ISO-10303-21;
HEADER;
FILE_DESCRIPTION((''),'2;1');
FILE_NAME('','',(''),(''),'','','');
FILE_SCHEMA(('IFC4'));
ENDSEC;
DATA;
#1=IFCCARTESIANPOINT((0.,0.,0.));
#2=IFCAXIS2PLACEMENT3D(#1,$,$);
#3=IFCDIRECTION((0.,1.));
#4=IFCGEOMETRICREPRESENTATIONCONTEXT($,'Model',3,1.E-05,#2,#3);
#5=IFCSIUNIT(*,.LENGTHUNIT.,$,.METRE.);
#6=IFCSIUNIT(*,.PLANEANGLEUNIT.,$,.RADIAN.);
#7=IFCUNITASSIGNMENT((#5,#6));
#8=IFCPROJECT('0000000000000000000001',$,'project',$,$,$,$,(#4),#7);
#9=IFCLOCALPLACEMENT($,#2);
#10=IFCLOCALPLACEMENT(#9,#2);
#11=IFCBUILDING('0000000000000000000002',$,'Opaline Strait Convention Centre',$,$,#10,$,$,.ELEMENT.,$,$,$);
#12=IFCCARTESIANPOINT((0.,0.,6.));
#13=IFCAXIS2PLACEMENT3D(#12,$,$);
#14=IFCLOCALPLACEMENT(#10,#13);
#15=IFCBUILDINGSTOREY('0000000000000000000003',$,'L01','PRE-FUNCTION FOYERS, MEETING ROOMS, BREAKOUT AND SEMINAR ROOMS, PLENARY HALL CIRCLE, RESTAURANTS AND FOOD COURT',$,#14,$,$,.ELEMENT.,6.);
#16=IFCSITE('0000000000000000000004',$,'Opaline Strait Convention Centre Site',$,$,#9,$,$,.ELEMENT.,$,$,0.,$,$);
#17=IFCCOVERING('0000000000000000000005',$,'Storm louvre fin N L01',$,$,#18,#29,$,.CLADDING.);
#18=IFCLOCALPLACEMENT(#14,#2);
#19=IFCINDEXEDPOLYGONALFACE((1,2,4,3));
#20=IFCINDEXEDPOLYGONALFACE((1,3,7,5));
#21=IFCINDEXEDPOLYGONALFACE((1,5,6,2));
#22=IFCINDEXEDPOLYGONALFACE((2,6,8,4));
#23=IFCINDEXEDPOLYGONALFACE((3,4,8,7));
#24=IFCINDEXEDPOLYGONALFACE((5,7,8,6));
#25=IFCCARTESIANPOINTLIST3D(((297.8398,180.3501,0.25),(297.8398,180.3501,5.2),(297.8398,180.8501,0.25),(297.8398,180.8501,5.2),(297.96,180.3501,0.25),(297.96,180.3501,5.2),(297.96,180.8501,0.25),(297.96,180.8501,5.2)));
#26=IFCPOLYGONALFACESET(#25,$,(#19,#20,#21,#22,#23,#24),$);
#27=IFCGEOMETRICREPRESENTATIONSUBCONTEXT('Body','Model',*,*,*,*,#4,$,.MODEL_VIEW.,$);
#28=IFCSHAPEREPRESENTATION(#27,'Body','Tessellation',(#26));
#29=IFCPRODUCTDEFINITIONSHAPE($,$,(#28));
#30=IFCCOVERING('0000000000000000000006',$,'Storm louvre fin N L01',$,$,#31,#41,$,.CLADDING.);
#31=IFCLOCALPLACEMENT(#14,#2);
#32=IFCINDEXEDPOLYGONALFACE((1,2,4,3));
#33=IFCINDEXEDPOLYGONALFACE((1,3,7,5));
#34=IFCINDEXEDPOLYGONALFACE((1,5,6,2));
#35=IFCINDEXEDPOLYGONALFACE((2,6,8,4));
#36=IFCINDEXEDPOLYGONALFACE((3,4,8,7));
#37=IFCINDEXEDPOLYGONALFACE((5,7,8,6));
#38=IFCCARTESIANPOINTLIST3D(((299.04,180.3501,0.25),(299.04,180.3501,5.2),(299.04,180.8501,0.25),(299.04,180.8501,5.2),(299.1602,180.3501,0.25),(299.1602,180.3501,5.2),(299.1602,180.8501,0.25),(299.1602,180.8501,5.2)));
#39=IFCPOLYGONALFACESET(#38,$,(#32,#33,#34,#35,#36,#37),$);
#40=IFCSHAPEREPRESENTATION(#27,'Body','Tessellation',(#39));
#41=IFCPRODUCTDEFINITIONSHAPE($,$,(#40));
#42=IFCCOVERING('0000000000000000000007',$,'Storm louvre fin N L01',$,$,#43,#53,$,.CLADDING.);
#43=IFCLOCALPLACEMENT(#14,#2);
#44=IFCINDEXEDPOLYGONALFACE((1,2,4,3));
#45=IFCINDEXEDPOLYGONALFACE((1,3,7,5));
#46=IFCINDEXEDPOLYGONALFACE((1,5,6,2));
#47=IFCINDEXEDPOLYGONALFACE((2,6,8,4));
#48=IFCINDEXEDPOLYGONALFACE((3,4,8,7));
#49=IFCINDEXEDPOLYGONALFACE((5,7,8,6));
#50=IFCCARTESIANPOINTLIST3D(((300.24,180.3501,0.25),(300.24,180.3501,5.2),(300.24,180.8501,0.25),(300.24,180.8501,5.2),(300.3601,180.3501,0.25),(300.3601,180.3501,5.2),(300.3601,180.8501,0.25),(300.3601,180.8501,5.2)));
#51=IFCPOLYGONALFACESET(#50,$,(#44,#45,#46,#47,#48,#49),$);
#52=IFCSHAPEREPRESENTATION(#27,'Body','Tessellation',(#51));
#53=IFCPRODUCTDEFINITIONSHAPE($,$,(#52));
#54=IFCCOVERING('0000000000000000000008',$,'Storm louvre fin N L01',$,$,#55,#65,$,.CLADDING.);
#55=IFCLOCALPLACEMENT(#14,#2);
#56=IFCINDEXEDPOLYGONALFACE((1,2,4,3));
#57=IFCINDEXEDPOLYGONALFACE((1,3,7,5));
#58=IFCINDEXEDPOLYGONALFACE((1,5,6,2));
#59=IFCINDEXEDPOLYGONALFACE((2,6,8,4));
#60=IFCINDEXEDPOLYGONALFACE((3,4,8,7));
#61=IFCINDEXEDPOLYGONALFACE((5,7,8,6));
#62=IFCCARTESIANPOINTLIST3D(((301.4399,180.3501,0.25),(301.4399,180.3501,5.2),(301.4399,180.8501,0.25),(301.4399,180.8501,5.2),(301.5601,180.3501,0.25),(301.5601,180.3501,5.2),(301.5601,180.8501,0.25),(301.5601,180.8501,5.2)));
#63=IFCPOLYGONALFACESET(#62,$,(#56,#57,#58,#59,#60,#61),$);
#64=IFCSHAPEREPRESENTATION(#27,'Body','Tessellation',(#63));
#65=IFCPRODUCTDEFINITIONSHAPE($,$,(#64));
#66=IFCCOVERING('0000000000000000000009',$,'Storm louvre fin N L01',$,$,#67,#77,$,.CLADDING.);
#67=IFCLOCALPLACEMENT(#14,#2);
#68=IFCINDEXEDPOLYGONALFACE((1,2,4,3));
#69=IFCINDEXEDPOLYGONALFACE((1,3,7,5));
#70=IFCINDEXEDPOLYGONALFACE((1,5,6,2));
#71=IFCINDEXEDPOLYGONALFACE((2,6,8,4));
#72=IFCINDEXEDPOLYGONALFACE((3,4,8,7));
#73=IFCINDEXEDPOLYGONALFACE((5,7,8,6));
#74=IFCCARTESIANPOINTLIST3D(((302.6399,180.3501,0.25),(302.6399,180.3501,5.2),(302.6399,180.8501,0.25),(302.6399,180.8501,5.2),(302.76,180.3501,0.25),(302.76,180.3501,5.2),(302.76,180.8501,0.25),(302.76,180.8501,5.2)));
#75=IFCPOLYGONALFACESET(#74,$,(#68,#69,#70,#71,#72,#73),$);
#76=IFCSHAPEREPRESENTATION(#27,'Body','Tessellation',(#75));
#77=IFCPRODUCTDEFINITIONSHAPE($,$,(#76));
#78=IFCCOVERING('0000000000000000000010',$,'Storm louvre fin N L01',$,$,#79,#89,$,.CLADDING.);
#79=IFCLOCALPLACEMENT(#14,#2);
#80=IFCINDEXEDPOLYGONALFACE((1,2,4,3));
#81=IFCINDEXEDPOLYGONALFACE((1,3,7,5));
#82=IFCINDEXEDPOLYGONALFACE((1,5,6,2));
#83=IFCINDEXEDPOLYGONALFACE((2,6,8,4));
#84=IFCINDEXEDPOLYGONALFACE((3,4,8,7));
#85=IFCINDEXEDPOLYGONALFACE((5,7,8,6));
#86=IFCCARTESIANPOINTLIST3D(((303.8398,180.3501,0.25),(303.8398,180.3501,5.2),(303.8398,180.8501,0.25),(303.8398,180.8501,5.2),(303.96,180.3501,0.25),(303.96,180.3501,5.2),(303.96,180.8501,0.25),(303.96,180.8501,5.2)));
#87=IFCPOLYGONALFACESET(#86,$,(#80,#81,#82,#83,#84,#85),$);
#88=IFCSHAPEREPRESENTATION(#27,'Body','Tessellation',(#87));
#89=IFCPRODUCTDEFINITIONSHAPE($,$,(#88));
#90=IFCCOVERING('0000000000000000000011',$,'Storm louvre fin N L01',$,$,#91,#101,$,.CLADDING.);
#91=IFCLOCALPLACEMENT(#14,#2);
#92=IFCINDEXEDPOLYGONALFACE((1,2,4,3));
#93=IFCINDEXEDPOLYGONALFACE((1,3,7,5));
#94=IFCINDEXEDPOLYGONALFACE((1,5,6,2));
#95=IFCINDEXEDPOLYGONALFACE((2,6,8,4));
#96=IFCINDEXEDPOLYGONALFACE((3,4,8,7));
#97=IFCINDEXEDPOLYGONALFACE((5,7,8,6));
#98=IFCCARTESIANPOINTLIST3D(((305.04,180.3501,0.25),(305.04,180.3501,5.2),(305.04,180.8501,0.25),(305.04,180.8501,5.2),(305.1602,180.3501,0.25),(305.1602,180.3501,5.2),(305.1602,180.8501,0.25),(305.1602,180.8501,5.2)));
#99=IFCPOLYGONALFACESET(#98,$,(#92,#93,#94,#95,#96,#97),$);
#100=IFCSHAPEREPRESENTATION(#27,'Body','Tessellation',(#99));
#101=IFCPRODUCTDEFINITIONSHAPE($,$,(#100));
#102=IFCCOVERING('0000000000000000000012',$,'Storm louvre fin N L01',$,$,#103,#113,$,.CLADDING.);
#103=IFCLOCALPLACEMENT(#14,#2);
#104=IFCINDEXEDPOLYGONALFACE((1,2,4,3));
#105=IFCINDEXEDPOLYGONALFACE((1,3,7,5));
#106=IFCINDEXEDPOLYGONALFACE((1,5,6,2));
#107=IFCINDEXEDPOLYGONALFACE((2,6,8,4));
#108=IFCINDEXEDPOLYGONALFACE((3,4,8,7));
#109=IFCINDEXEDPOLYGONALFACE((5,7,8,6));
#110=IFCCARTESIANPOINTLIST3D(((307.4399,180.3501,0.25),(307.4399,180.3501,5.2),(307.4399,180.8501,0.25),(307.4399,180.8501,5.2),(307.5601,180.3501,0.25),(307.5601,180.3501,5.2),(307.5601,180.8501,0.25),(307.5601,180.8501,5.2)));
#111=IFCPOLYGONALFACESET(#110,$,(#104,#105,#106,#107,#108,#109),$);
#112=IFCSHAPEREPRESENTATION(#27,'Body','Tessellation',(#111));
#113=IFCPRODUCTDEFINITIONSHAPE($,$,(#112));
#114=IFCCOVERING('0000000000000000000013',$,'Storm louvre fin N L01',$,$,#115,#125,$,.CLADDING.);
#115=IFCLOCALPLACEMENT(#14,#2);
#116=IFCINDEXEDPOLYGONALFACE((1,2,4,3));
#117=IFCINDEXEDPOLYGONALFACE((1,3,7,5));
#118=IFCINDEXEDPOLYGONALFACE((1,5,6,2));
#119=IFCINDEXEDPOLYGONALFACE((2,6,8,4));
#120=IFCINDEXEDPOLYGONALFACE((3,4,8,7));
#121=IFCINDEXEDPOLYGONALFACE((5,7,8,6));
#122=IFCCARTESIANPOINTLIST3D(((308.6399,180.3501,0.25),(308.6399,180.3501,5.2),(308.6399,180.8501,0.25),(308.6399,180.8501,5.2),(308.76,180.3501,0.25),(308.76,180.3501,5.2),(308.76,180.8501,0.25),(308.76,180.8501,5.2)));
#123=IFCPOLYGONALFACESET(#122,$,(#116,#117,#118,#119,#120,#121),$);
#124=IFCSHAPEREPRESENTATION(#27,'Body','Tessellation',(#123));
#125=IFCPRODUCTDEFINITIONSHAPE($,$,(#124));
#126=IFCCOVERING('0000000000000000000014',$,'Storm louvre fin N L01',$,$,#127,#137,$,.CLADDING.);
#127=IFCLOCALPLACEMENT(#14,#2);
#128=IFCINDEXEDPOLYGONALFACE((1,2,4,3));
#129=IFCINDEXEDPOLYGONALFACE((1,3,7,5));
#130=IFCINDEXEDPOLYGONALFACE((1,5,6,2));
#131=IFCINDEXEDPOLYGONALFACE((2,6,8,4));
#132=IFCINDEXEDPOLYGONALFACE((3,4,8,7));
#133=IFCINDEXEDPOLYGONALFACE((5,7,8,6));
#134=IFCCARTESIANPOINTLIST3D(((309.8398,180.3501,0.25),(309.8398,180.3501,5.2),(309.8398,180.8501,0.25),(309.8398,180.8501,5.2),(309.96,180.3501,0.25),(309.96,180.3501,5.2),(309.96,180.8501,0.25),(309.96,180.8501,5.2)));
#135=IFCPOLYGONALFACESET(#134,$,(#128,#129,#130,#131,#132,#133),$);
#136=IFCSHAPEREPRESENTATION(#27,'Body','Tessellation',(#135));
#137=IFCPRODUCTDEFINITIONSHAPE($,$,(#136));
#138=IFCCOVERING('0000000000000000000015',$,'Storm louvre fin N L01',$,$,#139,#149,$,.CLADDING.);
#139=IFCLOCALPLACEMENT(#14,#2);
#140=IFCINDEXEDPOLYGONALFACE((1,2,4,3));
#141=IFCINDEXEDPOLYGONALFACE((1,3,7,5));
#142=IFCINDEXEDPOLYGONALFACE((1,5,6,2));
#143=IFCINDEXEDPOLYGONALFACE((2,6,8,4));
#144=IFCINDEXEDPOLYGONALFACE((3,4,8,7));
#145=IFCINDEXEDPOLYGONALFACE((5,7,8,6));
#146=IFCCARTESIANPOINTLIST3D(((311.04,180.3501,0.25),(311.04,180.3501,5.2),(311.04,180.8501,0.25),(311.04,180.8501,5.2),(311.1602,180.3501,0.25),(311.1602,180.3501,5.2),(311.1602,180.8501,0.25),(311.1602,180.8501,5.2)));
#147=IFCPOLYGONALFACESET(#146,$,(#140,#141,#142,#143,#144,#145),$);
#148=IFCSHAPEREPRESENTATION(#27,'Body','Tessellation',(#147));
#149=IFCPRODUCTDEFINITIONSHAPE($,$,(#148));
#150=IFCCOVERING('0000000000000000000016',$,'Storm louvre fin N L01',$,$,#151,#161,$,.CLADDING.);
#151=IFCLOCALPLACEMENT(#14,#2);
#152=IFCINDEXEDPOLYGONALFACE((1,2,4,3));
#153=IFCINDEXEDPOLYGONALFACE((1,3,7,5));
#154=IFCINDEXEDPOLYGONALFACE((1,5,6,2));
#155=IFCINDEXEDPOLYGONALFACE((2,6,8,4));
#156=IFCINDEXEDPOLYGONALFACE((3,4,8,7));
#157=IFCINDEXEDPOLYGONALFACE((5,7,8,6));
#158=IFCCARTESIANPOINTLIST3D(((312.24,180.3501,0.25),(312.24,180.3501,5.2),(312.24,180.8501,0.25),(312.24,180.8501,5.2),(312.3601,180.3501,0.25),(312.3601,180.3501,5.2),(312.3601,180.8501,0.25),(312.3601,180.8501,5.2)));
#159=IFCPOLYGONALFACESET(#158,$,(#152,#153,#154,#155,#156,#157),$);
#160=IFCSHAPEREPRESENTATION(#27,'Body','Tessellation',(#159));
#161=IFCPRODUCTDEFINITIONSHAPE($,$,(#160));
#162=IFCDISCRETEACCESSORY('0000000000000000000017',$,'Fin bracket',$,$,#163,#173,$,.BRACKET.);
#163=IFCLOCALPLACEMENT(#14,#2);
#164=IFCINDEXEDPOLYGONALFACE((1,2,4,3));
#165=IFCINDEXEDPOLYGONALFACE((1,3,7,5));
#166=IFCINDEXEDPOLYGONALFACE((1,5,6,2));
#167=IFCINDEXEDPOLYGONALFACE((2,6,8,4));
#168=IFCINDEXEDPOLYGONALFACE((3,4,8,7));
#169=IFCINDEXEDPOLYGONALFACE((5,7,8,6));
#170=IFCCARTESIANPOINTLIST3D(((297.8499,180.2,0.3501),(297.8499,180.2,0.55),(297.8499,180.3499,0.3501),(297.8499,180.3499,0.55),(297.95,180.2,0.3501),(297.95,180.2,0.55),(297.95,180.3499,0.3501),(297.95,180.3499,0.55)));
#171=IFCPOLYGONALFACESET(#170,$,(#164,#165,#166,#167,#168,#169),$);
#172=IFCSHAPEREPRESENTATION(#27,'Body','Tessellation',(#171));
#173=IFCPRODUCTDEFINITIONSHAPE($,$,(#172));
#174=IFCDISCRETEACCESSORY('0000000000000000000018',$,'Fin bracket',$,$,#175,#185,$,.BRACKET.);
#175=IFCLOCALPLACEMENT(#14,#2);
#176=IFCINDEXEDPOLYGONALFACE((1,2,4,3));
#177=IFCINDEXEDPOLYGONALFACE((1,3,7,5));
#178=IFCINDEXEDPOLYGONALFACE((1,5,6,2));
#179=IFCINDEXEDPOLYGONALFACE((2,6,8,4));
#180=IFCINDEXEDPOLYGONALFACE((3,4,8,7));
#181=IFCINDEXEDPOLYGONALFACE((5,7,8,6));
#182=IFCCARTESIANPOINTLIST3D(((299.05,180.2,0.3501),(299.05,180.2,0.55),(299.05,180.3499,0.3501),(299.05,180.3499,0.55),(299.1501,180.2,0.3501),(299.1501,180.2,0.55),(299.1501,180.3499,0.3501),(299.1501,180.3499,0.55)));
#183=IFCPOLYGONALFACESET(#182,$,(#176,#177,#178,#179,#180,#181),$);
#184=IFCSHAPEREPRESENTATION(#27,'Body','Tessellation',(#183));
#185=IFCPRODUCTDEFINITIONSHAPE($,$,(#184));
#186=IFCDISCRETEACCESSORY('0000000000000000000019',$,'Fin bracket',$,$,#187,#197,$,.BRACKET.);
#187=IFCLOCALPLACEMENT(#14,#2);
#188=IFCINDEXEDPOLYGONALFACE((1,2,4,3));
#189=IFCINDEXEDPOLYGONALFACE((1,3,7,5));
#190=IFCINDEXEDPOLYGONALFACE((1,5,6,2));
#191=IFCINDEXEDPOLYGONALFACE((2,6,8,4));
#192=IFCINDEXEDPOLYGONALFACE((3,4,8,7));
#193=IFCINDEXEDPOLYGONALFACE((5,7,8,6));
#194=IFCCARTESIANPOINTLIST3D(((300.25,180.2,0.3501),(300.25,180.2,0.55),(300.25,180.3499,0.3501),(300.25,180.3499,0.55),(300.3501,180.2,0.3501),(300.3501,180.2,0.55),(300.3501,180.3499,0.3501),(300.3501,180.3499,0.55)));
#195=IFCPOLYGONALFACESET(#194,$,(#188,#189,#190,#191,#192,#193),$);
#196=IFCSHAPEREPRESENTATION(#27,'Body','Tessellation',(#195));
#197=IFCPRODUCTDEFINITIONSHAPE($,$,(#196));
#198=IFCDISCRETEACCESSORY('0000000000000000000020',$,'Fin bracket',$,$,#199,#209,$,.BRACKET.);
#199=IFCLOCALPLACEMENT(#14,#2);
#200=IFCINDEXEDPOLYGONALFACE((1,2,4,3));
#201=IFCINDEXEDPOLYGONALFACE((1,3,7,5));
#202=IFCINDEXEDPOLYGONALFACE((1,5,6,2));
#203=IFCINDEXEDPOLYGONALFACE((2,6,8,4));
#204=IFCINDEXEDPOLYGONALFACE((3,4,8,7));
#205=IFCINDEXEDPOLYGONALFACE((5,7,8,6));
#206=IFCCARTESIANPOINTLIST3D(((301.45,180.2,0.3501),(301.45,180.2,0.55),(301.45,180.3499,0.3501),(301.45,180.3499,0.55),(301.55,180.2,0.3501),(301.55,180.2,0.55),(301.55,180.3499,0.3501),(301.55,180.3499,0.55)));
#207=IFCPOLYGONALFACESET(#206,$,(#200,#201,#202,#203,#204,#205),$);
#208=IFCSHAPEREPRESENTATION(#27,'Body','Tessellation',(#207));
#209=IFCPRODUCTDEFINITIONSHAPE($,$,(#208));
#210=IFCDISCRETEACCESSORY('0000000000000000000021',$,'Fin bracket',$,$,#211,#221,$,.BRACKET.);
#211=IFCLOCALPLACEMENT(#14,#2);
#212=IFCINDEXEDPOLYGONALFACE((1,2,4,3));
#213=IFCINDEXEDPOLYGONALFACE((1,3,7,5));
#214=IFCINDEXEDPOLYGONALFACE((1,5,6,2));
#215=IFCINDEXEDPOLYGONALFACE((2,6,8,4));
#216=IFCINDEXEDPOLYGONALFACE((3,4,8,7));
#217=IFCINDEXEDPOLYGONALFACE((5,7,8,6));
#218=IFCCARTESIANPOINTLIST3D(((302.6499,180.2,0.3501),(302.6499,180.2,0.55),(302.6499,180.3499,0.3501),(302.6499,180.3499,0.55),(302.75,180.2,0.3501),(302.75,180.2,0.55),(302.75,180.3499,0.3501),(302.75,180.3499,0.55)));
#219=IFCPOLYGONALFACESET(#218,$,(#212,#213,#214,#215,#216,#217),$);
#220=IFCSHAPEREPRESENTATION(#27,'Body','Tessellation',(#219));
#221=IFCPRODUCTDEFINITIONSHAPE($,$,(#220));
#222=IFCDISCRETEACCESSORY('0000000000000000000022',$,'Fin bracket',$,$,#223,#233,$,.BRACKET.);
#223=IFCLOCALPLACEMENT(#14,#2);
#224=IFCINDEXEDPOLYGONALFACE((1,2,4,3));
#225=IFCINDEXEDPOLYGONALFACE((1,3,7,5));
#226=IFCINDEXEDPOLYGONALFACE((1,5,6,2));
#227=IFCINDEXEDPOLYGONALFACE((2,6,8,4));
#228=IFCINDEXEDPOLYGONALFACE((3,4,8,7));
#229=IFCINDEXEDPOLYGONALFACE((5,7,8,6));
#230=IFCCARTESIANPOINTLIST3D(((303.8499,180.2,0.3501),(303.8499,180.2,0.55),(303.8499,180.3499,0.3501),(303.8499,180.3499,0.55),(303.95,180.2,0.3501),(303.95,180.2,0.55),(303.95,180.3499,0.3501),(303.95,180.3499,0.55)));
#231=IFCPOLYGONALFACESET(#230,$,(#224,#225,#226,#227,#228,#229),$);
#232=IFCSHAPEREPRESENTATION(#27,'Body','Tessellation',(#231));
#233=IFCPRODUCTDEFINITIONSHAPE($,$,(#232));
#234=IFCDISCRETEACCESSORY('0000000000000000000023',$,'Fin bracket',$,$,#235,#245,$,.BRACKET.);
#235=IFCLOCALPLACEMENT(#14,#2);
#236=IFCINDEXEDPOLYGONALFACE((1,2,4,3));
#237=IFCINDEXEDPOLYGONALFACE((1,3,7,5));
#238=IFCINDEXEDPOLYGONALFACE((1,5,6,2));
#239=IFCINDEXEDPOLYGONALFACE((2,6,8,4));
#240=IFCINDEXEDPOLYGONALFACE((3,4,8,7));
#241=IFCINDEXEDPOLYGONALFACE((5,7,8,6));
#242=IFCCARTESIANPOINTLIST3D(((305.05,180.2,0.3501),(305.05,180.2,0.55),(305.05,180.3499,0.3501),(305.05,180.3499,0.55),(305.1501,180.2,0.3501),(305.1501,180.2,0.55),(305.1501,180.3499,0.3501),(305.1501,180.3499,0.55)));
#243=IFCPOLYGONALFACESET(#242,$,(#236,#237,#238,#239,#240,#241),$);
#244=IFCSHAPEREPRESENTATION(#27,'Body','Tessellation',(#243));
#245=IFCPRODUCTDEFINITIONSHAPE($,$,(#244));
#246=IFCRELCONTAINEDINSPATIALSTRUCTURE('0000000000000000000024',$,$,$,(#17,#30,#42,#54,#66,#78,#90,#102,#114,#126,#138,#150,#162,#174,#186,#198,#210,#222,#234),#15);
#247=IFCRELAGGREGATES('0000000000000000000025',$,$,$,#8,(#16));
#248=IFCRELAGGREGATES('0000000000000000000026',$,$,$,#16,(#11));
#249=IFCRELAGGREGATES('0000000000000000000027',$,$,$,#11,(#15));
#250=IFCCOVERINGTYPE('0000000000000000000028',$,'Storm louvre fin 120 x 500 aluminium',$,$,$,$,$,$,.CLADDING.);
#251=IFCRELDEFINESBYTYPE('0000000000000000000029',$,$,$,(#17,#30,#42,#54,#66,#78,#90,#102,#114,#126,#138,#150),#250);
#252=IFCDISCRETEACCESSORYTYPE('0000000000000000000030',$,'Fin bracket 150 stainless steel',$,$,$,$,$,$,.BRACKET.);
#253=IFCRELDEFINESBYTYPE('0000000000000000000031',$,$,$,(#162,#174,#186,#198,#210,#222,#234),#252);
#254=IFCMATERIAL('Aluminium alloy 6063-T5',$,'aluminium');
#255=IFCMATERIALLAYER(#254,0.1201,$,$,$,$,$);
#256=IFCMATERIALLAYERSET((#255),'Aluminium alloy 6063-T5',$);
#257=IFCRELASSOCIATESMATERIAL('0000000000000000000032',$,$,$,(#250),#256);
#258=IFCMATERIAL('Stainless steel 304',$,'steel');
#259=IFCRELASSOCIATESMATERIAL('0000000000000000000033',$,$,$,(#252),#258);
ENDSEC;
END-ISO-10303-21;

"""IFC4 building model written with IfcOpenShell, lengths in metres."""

from ifc_helpers import new_model, si_unit, direction, frame, origin, origin_2d, place, context, subcontext, project, spatial, rectangle, extrude, material, layer, layer_set, type_object, element, save


model = new_model("IFC4")

# Units and contexts
model_context = context("Model", 3, precision=1e-05, world=origin(), true_north=direction((0.0, 1.0)))
body_context = subcontext(model_context, "Body", "Model", "MODEL_VIEW")
ifc_project = project(units=[si_unit("LENGTHUNIT", "METRE"), si_unit("PLANEANGLEUNIT", "RADIAN")], contexts=[model_context])

# Site, building, storey
site_placement = place(None, origin())
site = spatial("IfcSite", under=ifc_project, at=site_placement, Name="Opaline Strait Convention Centre Site", CompositionType="ELEMENT", RefElevation=0.0)
building_placement = place(site_placement, origin())
building = spatial("IfcBuilding", under=site, at=building_placement, Name="Opaline Strait Convention Centre", CompositionType="ELEMENT")
storey_placement = place(building_placement, frame((0.0, 0.0, 6.0)))
storey = spatial("IfcBuildingStorey", under=building, at=storey_placement, Name="L01", Description="PRE-FUNCTION FOYERS, MEETING ROOMS, BREAKOUT AND SEMINAR ROOMS, PLENARY HALL CIRCLE, RESTAURANTS AND FOOD COURT", CompositionType="ELEMENT", Elevation=6.0)

# Coverings
ifc_material_1 = material(Name="Aluminium alloy 6063-T5", Category="aluminium")
ifc_layer = layer(ifc_material_1, 0.1201)
ifc_layer_set = layer_set([ifc_layer], Name="Aluminium alloy 6063-T5")
covering_type = type_object("IfcCoveringType", Name="Storm louvre fin 120 x 500 aluminium", PredefinedType="CLADDING", material=ifc_layer_set)
for number, where, z_axis, x_axis, name in (
    (1, (297.8999, 180.6001, 0.25), (0.0, 0.0, 1.0), (1.0, 0.0, 0.0), "Storm louvre fin N L01"),
    (2, (299.1001, 180.6001, 0.25), (0.0, 0.0, 1.0), (1.0, 0.0, 0.0), "Storm louvre fin N L01"),
    (3, (300.3, 180.6001, 0.25), (0.0, 0.0, 1.0), (1.0, 0.0, 0.0), "Storm louvre fin N L01"),
    (4, (301.5, 180.6001, 0.25), (0.0, 0.0, 1.0), (1.0, 0.0, 0.0), "Storm louvre fin N L01"),
    (5, (302.7, 180.6001, 0.25), (0.0, 0.0, 1.0), (1.0, 0.0, 0.0), "Storm louvre fin N L01"),
    (6, (303.8999, 180.6001, 0.25), (0.0, 0.0, 1.0), (1.0, 0.0, 0.0), "Storm louvre fin N L01"),
    (7, (305.1001, 180.6001, 0.25), (0.0, 0.0, 1.0), (1.0, 0.0, 0.0), "Storm louvre fin N L01"),
    (8, (307.5, 180.6001, 0.25), (0.0, 0.0, 1.0), (1.0, 0.0, 0.0), "Storm louvre fin N L01"),
    (9, (308.7, 180.6001, 0.25), (0.0, 0.0, 1.0), (1.0, 0.0, 0.0), "Storm louvre fin N L01"),
    (10, (309.8999, 180.6001, 0.25), (0.0, 0.0, 1.0), (1.0, 0.0, 0.0), "Storm louvre fin N L01"),
    (11, (311.1001, 180.6001, 0.25), (0.0, 0.0, 1.0), (1.0, 0.0, 0.0), "Storm louvre fin N L01"),
    (12, (312.3, 180.6001, 0.25), (0.0, 0.0, 1.0), (1.0, 0.0, 0.0), "Storm louvre fin N L01"),
):
    element("IfcCovering", number, at=place(storey_placement, frame(where, z_axis=z_axis, x_axis=x_axis)), inside=storey, type_object=covering_type, Name=name, PredefinedType="CLADDING", context=body_context, shape_type="SweptSolid", body=[
        extrude(rectangle(XDim=0.1201, YDim=0.5, at=origin_2d()), origin(), (0.0, 0.0, 1.0), 4.95),
    ])

# Discrete accessories
ifc_material_2 = material(Name="Stainless steel 304", Category="steel")
discrete_accessory_type = type_object("IfcDiscreteAccessoryType", Name="Fin bracket 150 stainless steel", PredefinedType="BRACKET", material=ifc_material_2)
for number, where, z_axis, x_axis, name in (
    (13, (297.8999, 180.2749, 0.3501), (0.0, 0.0, 1.0), (1.0, 0.0, 0.0), "Fin bracket"),
    (14, (299.1001, 180.2749, 0.3501), (0.0, 0.0, 1.0), (1.0, 0.0, 0.0), "Fin bracket"),
    (15, (300.3, 180.2749, 0.3501), (0.0, 0.0, 1.0), (1.0, 0.0, 0.0), "Fin bracket"),
    (16, (301.5, 180.2749, 0.3501), (0.0, 0.0, 1.0), (1.0, 0.0, 0.0), "Fin bracket"),
    (17, (302.7, 180.2749, 0.3501), (0.0, 0.0, 1.0), (1.0, 0.0, 0.0), "Fin bracket"),
    (18, (303.8999, 180.2749, 0.3501), (0.0, 0.0, 1.0), (1.0, 0.0, 0.0), "Fin bracket"),
    (19, (305.1001, 180.2749, 0.3501), (0.0, 0.0, 1.0), (1.0, 0.0, 0.0), "Fin bracket"),
):
    element("IfcDiscreteAccessory", number, at=place(storey_placement, frame(where, z_axis=z_axis, x_axis=x_axis)), inside=storey, type_object=discrete_accessory_type, Name=name, PredefinedType="BRACKET", context=body_context, shape_type="SweptSolid", body=[
        extrude(rectangle(XDim=0.1001, YDim=0.1499, at=origin_2d()), origin(), (0.0, 0.0, 1.0), 0.2),
    ])

save(model, "model.ifc")
